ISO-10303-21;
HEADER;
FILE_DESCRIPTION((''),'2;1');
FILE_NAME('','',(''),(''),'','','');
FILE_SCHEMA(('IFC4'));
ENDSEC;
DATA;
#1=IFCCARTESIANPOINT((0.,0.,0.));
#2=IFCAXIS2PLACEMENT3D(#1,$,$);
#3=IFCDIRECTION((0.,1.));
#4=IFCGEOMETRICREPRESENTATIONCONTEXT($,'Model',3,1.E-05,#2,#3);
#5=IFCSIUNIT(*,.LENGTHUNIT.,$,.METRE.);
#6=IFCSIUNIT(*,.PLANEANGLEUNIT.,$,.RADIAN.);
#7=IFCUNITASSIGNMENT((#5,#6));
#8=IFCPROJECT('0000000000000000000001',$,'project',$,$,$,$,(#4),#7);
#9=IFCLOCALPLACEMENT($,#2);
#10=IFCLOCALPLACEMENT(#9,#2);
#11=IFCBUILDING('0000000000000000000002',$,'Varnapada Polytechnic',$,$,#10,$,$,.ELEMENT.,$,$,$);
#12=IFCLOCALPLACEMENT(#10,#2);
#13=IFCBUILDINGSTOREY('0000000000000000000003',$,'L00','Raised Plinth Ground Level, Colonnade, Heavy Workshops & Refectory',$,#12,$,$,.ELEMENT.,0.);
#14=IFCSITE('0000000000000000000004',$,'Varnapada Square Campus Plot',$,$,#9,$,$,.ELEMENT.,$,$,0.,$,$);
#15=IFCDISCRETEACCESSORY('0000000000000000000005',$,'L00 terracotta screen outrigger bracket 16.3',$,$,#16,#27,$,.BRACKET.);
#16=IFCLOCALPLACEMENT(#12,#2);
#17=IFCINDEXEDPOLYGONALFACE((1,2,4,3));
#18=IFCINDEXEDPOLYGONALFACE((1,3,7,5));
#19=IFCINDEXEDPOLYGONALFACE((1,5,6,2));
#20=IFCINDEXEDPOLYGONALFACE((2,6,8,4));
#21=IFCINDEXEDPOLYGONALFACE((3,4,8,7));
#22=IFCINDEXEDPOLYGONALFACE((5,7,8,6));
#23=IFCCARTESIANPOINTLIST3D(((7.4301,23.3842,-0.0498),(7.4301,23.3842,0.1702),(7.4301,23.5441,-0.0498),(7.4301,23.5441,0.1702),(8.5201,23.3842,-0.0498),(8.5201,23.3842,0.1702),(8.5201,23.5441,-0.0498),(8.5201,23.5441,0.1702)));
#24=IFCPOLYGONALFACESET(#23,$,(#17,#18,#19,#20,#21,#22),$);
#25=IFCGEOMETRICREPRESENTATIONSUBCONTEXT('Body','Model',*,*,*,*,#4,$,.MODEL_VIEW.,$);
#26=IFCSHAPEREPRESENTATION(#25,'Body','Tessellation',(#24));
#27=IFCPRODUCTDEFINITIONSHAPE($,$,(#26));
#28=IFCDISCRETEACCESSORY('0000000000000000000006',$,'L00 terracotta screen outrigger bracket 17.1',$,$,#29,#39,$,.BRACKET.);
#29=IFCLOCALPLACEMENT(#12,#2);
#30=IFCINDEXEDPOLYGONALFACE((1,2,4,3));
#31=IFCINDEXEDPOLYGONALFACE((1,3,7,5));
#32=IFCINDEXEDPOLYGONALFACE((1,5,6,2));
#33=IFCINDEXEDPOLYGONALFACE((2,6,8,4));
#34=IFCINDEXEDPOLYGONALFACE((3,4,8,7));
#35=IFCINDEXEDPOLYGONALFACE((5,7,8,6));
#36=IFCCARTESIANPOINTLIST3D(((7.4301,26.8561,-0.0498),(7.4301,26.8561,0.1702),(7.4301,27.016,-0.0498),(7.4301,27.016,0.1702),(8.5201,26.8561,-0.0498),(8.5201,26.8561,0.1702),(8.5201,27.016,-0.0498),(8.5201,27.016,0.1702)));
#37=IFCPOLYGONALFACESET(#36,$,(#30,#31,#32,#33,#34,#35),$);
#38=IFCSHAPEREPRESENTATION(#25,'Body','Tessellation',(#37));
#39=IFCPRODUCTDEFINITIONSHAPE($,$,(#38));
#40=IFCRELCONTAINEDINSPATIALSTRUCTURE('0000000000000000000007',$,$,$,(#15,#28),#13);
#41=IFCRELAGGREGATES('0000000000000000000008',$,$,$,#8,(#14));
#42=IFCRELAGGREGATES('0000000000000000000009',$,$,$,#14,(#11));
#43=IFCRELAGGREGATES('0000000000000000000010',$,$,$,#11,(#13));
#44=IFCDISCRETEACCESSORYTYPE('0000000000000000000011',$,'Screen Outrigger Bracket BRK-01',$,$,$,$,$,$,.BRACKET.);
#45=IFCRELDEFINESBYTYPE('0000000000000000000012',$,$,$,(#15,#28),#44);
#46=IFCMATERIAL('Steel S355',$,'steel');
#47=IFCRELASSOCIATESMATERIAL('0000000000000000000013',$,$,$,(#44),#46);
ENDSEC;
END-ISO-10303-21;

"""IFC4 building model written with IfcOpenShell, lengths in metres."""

from ifc_helpers import new_model, si_unit, direction, frame, origin, origin_2d, place, context, subcontext, project, spatial, rectangle, extrude, material, type_object, element, save


model = new_model("IFC4")

# Units and contexts
model_context = context("Model", 3, precision=1e-05, world=origin(), true_north=direction((0.0, 1.0)))
body_context = subcontext(model_context, "Body", "Model", "MODEL_VIEW")
ifc_project = project(units=[si_unit("LENGTHUNIT", "METRE"), si_unit("PLANEANGLEUNIT", "RADIAN")], contexts=[model_context])

# Site, building, storey
site_placement = place(None, origin())
site = spatial("IfcSite", under=ifc_project, at=site_placement, Name="Varnapada Square Campus Plot", CompositionType="ELEMENT", RefElevation=0.0)
building_placement = place(site_placement, origin())
building = spatial("IfcBuilding", under=site, at=building_placement, Name="Varnapada Polytechnic", CompositionType="ELEMENT")
storey_placement = place(building_placement, origin())
storey = spatial("IfcBuildingStorey", under=building, at=storey_placement, Name="L00", Description="Raised Plinth Ground Level, Colonnade, Heavy Workshops & Refectory", CompositionType="ELEMENT", Elevation=0.0)

# Discrete accessories
ifc_material_1 = material(Name="Steel S355", Category="steel")
discrete_accessory_type = type_object("IfcDiscreteAccessoryType", Name="Screen Outrigger Bracket BRK-01", PredefinedType="BRACKET", material=ifc_material_1)
for number, where, z_axis, x_axis, name in (
    (1, (7.9751, 23.4641, -0.0498), (0.0, 0.0, 1.0), (0.0, 1.0, 0.0), "L00 terracotta screen outrigger bracket 16.3"),
    (2, (7.9751, 26.936, -0.0498), (0.0, 0.0, 1.0), (0.0, 1.0, 0.0), "L00 terracotta screen outrigger bracket 17.1"),
):
    element("IfcDiscreteAccessory", number, at=place(storey_placement, frame(where, z_axis=z_axis, x_axis=x_axis)), inside=storey, type_object=discrete_accessory_type, Name=name, PredefinedType="BRACKET", context=body_context, shape_type="SweptSolid", body=[
        extrude(rectangle(XDim=0.1599, YDim=1.0901, at=origin_2d()), origin(), (0.0, 0.0, 1.0), 0.22),
    ])

save(model, "model.ifc")
